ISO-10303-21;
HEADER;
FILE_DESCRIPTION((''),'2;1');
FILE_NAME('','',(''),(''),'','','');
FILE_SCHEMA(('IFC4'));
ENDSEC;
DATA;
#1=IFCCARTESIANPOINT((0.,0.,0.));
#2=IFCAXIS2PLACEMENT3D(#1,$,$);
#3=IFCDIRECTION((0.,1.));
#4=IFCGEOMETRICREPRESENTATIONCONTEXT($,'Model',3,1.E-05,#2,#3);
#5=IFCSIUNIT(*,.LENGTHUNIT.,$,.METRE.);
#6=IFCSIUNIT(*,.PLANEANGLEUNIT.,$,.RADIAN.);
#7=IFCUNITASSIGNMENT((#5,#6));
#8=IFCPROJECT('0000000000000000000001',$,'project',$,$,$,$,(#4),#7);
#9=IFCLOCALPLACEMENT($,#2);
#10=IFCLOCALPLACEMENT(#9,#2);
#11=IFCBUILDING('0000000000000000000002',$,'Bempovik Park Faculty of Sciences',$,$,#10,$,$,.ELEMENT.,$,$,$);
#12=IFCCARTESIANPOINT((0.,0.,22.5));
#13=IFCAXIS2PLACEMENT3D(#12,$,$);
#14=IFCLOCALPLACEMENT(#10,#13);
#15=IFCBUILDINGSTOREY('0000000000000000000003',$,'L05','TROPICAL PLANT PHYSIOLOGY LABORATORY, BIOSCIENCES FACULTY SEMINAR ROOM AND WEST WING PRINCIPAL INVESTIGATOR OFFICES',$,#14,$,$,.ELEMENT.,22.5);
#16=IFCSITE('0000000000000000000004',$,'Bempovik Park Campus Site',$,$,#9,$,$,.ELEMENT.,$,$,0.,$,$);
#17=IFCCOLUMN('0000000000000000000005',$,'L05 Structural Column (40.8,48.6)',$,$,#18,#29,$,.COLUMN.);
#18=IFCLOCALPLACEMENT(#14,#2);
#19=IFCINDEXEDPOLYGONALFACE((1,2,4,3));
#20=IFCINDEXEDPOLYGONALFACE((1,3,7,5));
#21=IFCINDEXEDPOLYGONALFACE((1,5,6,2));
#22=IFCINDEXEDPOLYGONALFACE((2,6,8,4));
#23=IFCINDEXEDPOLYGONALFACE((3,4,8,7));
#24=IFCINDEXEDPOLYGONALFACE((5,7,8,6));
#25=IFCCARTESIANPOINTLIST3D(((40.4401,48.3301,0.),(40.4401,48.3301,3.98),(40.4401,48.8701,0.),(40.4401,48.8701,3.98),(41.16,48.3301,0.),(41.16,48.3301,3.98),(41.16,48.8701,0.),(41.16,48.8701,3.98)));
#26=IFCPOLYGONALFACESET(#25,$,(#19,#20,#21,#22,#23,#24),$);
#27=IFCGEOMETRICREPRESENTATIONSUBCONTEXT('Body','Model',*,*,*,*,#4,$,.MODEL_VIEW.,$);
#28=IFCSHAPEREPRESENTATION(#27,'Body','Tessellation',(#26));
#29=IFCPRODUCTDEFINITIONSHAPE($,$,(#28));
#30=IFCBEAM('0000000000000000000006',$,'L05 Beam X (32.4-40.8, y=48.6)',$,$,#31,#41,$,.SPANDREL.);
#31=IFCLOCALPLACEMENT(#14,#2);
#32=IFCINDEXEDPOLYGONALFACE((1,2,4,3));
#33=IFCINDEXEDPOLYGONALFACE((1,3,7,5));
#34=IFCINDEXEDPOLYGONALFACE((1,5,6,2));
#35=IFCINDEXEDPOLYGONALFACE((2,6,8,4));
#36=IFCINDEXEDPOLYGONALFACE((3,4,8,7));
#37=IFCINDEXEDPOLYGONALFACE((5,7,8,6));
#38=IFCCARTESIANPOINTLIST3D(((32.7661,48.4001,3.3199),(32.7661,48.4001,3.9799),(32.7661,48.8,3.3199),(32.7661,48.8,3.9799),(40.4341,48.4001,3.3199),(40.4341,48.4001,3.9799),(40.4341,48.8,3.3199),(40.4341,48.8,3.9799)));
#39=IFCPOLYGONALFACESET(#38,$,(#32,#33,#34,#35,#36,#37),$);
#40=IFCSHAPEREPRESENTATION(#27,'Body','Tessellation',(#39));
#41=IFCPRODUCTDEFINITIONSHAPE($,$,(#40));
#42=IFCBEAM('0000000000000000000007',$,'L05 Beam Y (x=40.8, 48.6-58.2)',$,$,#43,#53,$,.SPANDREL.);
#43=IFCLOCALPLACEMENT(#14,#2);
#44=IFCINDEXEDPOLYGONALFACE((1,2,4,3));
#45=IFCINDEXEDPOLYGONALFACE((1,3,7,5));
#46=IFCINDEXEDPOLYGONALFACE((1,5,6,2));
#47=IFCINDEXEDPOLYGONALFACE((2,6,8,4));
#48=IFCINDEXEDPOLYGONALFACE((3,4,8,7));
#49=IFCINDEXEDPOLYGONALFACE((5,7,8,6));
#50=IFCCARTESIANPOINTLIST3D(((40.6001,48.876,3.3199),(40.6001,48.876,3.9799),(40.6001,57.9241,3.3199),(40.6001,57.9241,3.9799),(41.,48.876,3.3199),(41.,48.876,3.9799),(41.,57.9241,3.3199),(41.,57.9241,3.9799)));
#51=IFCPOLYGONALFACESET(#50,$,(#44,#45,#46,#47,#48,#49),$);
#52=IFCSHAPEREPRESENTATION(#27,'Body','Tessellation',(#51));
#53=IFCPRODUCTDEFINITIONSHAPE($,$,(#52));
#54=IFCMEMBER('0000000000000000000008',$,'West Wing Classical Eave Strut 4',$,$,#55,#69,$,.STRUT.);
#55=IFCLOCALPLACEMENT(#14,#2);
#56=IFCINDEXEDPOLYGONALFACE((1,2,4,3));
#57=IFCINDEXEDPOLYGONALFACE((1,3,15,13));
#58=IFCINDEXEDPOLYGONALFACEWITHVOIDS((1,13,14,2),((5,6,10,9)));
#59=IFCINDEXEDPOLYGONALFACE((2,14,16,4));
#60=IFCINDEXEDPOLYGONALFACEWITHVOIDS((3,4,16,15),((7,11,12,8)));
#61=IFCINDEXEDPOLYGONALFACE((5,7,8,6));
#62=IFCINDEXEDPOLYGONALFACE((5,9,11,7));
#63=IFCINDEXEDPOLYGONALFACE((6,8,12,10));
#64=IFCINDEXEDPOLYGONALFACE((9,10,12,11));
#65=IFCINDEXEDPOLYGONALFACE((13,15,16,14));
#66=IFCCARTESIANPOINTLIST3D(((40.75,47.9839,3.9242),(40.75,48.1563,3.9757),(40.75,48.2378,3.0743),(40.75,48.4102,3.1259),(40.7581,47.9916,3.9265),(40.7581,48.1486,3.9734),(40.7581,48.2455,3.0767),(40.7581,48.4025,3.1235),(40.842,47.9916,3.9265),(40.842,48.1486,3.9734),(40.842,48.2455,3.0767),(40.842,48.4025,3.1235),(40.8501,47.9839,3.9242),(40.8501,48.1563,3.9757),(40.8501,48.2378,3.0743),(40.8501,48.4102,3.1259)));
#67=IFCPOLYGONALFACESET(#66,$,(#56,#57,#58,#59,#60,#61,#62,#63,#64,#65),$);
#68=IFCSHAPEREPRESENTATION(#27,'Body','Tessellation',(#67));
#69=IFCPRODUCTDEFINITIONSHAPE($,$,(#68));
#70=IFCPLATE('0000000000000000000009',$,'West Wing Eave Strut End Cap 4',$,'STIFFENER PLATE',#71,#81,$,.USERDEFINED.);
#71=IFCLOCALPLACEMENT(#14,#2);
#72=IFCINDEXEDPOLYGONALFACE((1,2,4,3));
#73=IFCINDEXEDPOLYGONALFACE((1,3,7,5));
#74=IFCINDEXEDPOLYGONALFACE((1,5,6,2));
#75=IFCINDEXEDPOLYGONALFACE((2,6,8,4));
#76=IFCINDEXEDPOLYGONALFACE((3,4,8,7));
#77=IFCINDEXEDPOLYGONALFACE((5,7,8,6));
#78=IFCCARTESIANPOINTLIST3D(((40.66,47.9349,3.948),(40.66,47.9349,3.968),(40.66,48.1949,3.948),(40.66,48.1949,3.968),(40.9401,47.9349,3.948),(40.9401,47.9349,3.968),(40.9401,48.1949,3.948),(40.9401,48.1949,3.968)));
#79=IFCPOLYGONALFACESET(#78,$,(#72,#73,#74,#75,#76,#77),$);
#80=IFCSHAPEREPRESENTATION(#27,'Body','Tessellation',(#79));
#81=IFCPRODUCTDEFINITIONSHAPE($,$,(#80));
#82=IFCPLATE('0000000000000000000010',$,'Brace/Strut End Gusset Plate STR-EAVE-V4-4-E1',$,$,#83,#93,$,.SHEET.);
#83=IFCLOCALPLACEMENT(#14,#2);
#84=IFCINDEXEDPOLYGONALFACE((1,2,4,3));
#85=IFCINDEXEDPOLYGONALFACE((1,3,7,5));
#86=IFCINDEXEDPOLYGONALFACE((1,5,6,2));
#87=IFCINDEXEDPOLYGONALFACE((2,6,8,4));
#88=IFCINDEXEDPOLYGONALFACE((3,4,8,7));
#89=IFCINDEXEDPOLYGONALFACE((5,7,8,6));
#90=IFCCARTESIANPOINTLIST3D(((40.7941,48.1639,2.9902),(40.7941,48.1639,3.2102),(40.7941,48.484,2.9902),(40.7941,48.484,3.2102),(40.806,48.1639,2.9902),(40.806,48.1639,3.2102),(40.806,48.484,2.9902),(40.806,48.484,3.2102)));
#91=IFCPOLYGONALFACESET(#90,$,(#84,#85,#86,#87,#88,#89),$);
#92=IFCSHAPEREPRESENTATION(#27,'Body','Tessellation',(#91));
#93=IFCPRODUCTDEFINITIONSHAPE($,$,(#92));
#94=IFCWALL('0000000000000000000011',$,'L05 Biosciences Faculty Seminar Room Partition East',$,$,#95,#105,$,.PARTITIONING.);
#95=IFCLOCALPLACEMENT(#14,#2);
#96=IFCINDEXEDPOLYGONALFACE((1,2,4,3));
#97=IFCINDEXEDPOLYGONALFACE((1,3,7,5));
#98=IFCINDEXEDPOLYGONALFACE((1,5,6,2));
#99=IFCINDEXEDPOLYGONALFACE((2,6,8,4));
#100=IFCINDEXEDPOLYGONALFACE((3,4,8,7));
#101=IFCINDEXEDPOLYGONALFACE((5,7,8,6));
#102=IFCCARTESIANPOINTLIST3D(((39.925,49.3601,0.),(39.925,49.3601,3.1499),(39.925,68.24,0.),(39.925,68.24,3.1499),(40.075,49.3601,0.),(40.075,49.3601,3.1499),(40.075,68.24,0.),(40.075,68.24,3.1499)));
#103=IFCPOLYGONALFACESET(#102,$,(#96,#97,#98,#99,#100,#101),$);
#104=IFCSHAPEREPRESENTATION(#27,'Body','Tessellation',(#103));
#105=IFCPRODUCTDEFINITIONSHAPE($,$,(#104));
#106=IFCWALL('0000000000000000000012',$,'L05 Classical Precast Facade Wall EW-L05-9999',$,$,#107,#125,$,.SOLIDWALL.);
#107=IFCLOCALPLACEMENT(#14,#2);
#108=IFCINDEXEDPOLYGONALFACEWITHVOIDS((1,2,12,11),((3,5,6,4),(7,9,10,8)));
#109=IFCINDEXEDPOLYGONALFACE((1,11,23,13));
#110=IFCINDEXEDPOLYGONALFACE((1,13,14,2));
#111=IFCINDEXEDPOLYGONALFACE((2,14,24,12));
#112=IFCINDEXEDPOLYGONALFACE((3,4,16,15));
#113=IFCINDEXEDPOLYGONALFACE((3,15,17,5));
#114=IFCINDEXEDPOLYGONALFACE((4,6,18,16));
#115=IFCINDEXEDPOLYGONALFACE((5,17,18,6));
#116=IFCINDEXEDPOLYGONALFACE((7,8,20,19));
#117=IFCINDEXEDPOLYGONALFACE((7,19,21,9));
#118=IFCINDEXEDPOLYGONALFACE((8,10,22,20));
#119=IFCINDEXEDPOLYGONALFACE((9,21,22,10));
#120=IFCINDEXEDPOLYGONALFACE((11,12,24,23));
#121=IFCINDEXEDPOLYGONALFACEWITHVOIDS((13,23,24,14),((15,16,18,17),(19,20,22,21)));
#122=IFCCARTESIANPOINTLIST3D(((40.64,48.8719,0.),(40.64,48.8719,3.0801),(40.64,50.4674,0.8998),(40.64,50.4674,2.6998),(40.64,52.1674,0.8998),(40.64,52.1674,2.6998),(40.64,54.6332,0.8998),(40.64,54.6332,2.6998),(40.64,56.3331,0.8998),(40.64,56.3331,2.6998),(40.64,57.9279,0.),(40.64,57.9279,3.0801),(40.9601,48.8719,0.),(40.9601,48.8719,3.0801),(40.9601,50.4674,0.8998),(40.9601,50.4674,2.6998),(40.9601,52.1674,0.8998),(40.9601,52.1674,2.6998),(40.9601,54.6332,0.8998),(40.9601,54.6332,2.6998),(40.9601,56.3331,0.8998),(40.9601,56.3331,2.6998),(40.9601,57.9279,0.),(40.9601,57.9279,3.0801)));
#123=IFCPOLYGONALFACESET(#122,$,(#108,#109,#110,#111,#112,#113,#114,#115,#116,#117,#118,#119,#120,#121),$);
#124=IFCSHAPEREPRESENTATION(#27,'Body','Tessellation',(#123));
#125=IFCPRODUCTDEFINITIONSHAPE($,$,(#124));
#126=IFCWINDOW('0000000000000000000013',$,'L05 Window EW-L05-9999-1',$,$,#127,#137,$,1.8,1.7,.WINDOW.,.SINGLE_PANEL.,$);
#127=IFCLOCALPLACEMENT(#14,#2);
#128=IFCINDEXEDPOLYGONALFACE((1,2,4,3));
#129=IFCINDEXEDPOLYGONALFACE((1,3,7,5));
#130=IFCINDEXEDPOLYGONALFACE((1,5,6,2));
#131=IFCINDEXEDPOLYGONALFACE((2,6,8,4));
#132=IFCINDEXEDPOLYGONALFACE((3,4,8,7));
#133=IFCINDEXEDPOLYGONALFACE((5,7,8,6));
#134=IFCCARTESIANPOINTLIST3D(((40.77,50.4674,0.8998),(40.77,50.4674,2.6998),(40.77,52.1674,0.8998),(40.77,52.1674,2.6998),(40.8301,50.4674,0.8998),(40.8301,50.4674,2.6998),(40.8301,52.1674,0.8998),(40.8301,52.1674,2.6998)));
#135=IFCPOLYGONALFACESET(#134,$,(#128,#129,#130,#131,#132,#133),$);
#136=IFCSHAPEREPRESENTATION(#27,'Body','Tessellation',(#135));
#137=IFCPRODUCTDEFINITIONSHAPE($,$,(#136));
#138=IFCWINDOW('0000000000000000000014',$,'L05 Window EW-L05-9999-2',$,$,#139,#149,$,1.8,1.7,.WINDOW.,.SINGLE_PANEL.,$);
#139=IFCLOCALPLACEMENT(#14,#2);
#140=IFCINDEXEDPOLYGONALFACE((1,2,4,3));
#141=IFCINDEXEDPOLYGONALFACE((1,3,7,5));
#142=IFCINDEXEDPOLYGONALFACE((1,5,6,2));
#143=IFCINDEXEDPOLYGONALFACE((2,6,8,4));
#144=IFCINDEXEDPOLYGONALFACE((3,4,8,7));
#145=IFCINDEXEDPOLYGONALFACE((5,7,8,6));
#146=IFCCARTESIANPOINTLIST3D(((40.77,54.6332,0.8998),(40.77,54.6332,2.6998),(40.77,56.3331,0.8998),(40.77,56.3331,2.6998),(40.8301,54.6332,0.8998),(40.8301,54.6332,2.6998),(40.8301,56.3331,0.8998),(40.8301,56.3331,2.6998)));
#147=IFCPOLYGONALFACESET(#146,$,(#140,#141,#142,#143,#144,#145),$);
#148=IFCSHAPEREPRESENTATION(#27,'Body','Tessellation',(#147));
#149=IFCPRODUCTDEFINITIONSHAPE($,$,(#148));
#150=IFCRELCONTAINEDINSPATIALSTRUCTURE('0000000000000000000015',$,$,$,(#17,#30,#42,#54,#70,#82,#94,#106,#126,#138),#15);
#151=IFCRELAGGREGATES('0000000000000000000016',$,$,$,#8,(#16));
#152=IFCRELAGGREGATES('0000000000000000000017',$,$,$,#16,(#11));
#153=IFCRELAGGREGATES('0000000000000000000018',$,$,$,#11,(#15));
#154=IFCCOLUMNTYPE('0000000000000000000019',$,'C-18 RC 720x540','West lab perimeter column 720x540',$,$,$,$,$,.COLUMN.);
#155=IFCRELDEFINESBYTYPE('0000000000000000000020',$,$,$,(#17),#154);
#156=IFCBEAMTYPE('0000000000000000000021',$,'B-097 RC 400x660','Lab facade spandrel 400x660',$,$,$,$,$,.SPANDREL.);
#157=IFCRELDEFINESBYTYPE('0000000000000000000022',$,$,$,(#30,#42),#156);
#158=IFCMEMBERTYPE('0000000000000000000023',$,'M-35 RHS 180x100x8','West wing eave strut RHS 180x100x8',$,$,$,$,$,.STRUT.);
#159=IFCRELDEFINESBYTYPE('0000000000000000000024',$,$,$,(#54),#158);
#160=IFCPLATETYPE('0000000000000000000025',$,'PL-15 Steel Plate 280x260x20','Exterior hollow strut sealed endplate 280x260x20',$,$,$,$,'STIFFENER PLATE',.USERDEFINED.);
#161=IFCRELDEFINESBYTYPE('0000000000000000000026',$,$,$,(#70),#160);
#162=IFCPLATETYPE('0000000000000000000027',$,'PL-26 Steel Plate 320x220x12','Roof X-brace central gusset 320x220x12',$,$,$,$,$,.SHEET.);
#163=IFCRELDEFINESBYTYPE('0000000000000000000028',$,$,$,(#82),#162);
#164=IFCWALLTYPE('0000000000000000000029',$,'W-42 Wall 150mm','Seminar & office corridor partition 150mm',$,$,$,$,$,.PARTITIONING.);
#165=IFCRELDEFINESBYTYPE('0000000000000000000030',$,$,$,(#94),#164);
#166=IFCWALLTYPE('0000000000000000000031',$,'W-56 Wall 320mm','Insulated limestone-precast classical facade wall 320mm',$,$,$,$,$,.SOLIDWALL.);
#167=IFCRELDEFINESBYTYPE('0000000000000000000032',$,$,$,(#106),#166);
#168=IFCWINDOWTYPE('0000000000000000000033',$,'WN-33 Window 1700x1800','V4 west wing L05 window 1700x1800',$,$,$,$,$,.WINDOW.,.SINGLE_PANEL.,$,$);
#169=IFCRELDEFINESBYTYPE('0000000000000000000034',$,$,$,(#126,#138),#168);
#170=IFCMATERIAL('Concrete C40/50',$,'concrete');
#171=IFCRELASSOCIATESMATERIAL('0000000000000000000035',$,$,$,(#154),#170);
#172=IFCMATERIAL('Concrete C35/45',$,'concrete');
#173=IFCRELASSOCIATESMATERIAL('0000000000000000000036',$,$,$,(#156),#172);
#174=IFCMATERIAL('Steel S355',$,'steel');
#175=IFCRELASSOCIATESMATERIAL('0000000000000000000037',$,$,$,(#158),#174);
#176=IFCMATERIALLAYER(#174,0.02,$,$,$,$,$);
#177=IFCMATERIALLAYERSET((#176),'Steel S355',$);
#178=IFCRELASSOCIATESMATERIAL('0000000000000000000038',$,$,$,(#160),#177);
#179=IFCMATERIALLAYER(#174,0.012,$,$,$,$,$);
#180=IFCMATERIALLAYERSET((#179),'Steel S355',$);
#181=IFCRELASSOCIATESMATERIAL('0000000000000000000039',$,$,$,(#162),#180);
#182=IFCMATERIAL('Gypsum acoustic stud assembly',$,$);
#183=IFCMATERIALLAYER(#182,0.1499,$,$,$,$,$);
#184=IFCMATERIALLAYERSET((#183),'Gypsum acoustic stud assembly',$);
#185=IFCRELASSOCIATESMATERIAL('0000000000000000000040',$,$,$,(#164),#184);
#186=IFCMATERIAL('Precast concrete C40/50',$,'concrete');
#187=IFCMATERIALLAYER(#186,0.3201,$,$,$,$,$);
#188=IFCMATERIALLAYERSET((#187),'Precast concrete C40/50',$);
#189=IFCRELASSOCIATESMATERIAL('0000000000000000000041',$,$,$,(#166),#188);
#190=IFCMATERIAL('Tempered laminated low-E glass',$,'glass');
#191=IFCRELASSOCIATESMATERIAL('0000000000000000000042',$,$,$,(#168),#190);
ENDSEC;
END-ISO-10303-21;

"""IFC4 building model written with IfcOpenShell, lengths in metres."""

from ifc_helpers import new_model, si_unit, direction, frame, frame_2d, origin, origin_2d, place, context, subcontext, project, spatial, rectangle, hollow_rectangle, extrude, material, layer, layer_set, material_profile, profile_set, type_object, element, fill, save


model = new_model("IFC4")

# Units and contexts
model_context = context("Model", 3, precision=1e-05, world=origin(), true_north=direction((0.0, 1.0)))
body_context = subcontext(model_context, "Body", "Model", "MODEL_VIEW")
ifc_project = project(units=[si_unit("LENGTHUNIT", "METRE"), si_unit("PLANEANGLEUNIT", "RADIAN")], contexts=[model_context])

# Site, building, storey
site_placement = place(None, origin())
site = spatial("IfcSite", under=ifc_project, at=site_placement, Name="Bempovik Park Campus Site", CompositionType="ELEMENT", RefElevation=0.0)
building_placement = place(site_placement, origin())
building = spatial("IfcBuilding", under=site, at=building_placement, Name="Bempovik Park Faculty of Sciences", CompositionType="ELEMENT")
storey_placement = place(building_placement, frame((0.0, 0.0, 22.5)))
storey = spatial("IfcBuildingStorey", under=building, at=storey_placement, Name="L05", Description="TROPICAL PLANT PHYSIOLOGY LABORATORY, BIOSCIENCES FACULTY SEMINAR ROOM AND WEST WING PRINCIPAL INVESTIGATOR OFFICES", CompositionType="ELEMENT", Elevation=22.5)

# Column
ifc_material_1 = material(Name="Concrete C40/50", Category="concrete")
ifc_material_profile_1 = material_profile(ifc_material_1, rectangle(XDim=0.72, YDim=0.54, at=origin_2d()), Name="RC 720x540")
ifc_profile_set_1 = profile_set([ifc_material_profile_1], Name="Concrete C40/50")
column_type = type_object("IfcColumnType", Name="C-18 RC 720x540", Description="West lab perimeter column 720x540", PredefinedType="COLUMN", material=ifc_profile_set_1)
column_placement = place(storey_placement, frame((40.8, 48.6001, 0.0), z_axis=(0.0, 0.0, 1.0), x_axis=(1.0, 0.0, 0.0)))
element("IfcColumn", 1, at=column_placement, inside=storey, type_object=column_type, Name="L05 Structural Column (40.8,48.6)", PredefinedType="COLUMN", context=body_context, shape_type="SweptSolid", body=[
    extrude(rectangle(XDim=0.72, YDim=0.54, at=origin_2d()), origin(), (0.0, 0.0, 1.0), 3.98),
])

# Beams
ifc_material_2 = material(Name="Concrete C35/45", Category="concrete")
ifc_material_profile_2 = material_profile(ifc_material_2, rectangle(XDim=0.3999, YDim=0.6599, at=origin_2d()), Name="RC 400x660")
ifc_profile_set_2 = profile_set([ifc_material_profile_2], Name="Concrete C35/45")
beam_type = type_object("IfcBeamType", Name="B-097 RC 400x660", Description="Lab facade spandrel 400x660", PredefinedType="SPANDREL", material=ifc_profile_set_2)
beam_1_placement = place(storey_placement, frame((32.7661, 48.6001, 3.6499), z_axis=(1.0, 0.0, 0.0), x_axis=(0.0, 1.0, 0.0)))
element("IfcBeam", 2, at=beam_1_placement, inside=storey, type_object=beam_type, Name="L05 Beam X (32.4-40.8, y=48.6)", PredefinedType="SPANDREL", context=body_context, shape_type="SweptSolid", body=[
    extrude(rectangle(XDim=0.3999, YDim=0.6599, at=origin_2d()), origin(), (0.0, 0.0, 1.0), 7.668),
])
beam_2_placement = place(storey_placement, frame((40.8, 48.876, 3.6499), z_axis=(0.0, 1.0, 0.0), x_axis=(-1.0, 0.0, 0.0)))
element("IfcBeam", 3, at=beam_2_placement, inside=storey, type_object=beam_type, Name="L05 Beam Y (x=40.8, 48.6-58.2)", PredefinedType="SPANDREL", context=body_context, shape_type="SweptSolid", body=[
    extrude(rectangle(XDim=0.3999, YDim=0.6599, at=origin_2d()), origin(), (0.0, 0.0, 1.0), 9.0481),
])

# Member
ifc_material_3 = material(Name="Steel S355", Category="steel")
ifc_material_profile_3 = material_profile(ifc_material_3, hollow_rectangle(XDim=0.1001, YDim=0.1799, WallThickness=0.0081, at=origin_2d()), Name="RHS 180x100x8")
ifc_profile_set_3 = profile_set([ifc_material_profile_3], Name="Steel S355")
member_type = type_object("IfcMemberType", Name="M-35 RHS 180x100x8", Description="West wing eave strut RHS 180x100x8", PredefinedType="STRUT", material=ifc_profile_set_3)
member_placement = place(storey_placement, frame((40.8, 48.324, 3.1001), z_axis=(0.0, -0.286262, 0.958151), x_axis=(1.0, 0.0, 0.0)))
element("IfcMember", 4, at=member_placement, inside=storey, type_object=member_type, Name="West Wing Classical Eave Strut 4", PredefinedType="STRUT", context=body_context, shape_type="SweptSolid", body=[
    extrude(hollow_rectangle(XDim=0.1001, YDim=0.1799, WallThickness=0.0081, at=origin_2d()), origin(), (0.0, 0.0, 1.0), 0.887),
])

# Plates
ifc_layer_1 = layer(ifc_material_3, 0.02)
ifc_layer_set_1 = layer_set([ifc_layer_1], Name="Steel S355")
plate_type_1 = type_object("IfcPlateType", Name="PL-15 Steel Plate 280x260x20", Description="Exterior hollow strut sealed endplate 280x260x20", ElementType="STIFFENER PLATE", PredefinedType="USERDEFINED", material=ifc_layer_set_1)
plate_1_placement = place(storey_placement, frame((40.8, 48.0649, 3.948), z_axis=(0.0, 0.0, 1.0), x_axis=(1.0, 0.0, 0.0)))
element("IfcPlate", 5, at=plate_1_placement, inside=storey, type_object=plate_type_1, Name="West Wing Eave Strut End Cap 4", ObjectType="STIFFENER PLATE", PredefinedType="USERDEFINED", context=body_context, shape_type="SweptSolid", body=[
    extrude(rectangle(XDim=0.28, YDim=0.26, at=origin_2d()), origin(), (0.0, 0.0, 1.0), 0.02),
])
ifc_layer_2 = layer(ifc_material_3, 0.012)
ifc_layer_set_2 = layer_set([ifc_layer_2], Name="Steel S355")
plate_type_2 = type_object("IfcPlateType", Name="PL-26 Steel Plate 320x220x12", Description="Roof X-brace central gusset 320x220x12", PredefinedType="SHEET", material=ifc_layer_set_2)
plate_2_placement = place(storey_placement, frame((40.8, 48.324, 2.9902), z_axis=(0.0, 0.0, 1.0), x_axis=(1.0, 0.0, 0.0)))
element("IfcPlate", 6, at=plate_2_placement, inside=storey, type_object=plate_type_2, Name="Brace/Strut End Gusset Plate STR-EAVE-V4-4-E1", PredefinedType="SHEET", context=body_context, shape_type="SweptSolid", body=[
    extrude(rectangle(XDim=0.012, YDim=0.3201, at=origin_2d()), origin(), (0.0, 0.0, 1.0), 0.22),
])

# Wall
ifc_material_4 = material(Name="Gypsum acoustic stud assembly")
ifc_layer_3 = layer(ifc_material_4, 0.1499)
ifc_layer_set_3 = layer_set([ifc_layer_3], Name="Gypsum acoustic stud assembly")
wall_type_1 = type_object("IfcWallType", Name="W-42 Wall 150mm", Description="Seminar & office corridor partition 150mm", PredefinedType="PARTITIONING", material=ifc_layer_set_3)
wall_1_placement = place(storey_placement, frame((40.0, 49.3601, 0.0), z_axis=(0.0, 0.0, 1.0), x_axis=(0.0, 1.0, 0.0)))
element("IfcWall", 7, at=wall_1_placement, inside=storey, type_object=wall_type_1, Name="L05 Biosciences Faculty Seminar Room Partition East", PredefinedType="PARTITIONING", context=body_context, shape_type="SweptSolid", body=[
    extrude(rectangle(XDim=18.8799, YDim=0.1499, at=frame_2d((9.4399, 0.0))), origin(), (0.0, 0.0, 1.0), 3.1499),
])

# Wall, openings, windows
ifc_material_5 = material(Name="Precast concrete C40/50", Category="concrete")
ifc_layer_4 = layer(ifc_material_5, 0.3201)
ifc_layer_set_4 = layer_set([ifc_layer_4], Name="Precast concrete C40/50")
wall_type_2 = type_object("IfcWallType", Name="W-56 Wall 320mm", Description="Insulated limestone-precast classical facade wall 320mm", PredefinedType="SOLIDWALL", material=ifc_layer_set_4)
wall_2_placement = place(storey_placement, frame((40.8, 48.8721, 0.0), z_axis=(0.0, 0.0, 1.0), x_axis=(0.0, 1.0, 0.0)))
wall_2 = element("IfcWall", 8, at=wall_2_placement, inside=storey, type_object=wall_type_2, Name="L05 Classical Precast Facade Wall EW-L05-9999", PredefinedType="SOLIDWALL", context=body_context, shape_type="SweptSolid", body=[
    extrude(rectangle(XDim=9.0559, YDim=0.3201, at=frame_2d((4.5278, 0.0))), origin(), (0.0, 0.0, 1.0), 3.0801),
])
opening_1_placement = place(wall_2_placement, frame((1.5952, 0.0, 0.8999)))
opening_1 = element("IfcOpeningElement", 9, at=opening_1_placement, cuts=wall_2, PredefinedType="OPENING", context=body_context, shape_type="SweptSolid", body=[
    extrude(rectangle(XDim=1.7, YDim=1.8, at=frame_2d((0.8501, 0.8999))), frame((0.0, 0.1699, 0.0), z_axis=(0.0, -1.0, 0.0), x_axis=(1.0, 0.0, 0.0)), (0.0, 0.0, 1.0), 0.3401),
])
opening_2_placement = place(wall_2_placement, frame((5.761, 0.0, 0.8999)))
opening_2 = element("IfcOpeningElement", 10, at=opening_2_placement, cuts=wall_2, PredefinedType="OPENING", context=body_context, shape_type="SweptSolid", body=[
    extrude(rectangle(XDim=1.7, YDim=1.8, at=frame_2d((0.8501, 0.8999))), frame((0.0, 0.1699, 0.0), z_axis=(0.0, -1.0, 0.0), x_axis=(1.0, 0.0, 0.0)), (0.0, 0.0, 1.0), 0.3401),
])
ifc_material_6 = material(Name="Tempered laminated low-E glass", Category="glass")
window_type = type_object("IfcWindowType", Name="WN-33 Window 1700x1800", Description="V4 west wing L05 window 1700x1800", PartitioningType="SINGLE_PANEL", PredefinedType="WINDOW", material=ifc_material_6)
window_1_placement = place(opening_1_placement, origin())
window_1 = element("IfcWindow", 11, at=window_1_placement, inside=storey, type_object=window_type, Name="L05 Window EW-L05-9999-1", OverallHeight=1.8, OverallWidth=1.7, PartitioningType="SINGLE_PANEL", PredefinedType="WINDOW", context=body_context, shape_type="SweptSolid", body=[
    extrude(rectangle(XDim=1.7, YDim=1.8, at=frame_2d((0.8501, 0.8999))), frame((0.0, 0.03, 0.0), z_axis=(0.0, -1.0, 0.0), x_axis=(1.0, 0.0, 0.0)), (0.0, 0.0, 1.0), 0.0601),
])
fill(opening_1, window_1)
window_2_placement = place(opening_2_placement, origin())
window_2 = element("IfcWindow", 12, at=window_2_placement, inside=storey, type_object=window_type, Name="L05 Window EW-L05-9999-2", OverallHeight=1.8, OverallWidth=1.7, PartitioningType="SINGLE_PANEL", PredefinedType="WINDOW", context=body_context, shape_type="SweptSolid", body=[
    extrude(rectangle(XDim=1.7, YDim=1.8, at=frame_2d((0.8501, 0.8999))), frame((0.0, 0.03, 0.0), z_axis=(0.0, -1.0, 0.0), x_axis=(1.0, 0.0, 0.0)), (0.0, 0.0, 1.0), 0.0601),
])
fill(opening_2, window_2)

save(model, "model.ifc")
